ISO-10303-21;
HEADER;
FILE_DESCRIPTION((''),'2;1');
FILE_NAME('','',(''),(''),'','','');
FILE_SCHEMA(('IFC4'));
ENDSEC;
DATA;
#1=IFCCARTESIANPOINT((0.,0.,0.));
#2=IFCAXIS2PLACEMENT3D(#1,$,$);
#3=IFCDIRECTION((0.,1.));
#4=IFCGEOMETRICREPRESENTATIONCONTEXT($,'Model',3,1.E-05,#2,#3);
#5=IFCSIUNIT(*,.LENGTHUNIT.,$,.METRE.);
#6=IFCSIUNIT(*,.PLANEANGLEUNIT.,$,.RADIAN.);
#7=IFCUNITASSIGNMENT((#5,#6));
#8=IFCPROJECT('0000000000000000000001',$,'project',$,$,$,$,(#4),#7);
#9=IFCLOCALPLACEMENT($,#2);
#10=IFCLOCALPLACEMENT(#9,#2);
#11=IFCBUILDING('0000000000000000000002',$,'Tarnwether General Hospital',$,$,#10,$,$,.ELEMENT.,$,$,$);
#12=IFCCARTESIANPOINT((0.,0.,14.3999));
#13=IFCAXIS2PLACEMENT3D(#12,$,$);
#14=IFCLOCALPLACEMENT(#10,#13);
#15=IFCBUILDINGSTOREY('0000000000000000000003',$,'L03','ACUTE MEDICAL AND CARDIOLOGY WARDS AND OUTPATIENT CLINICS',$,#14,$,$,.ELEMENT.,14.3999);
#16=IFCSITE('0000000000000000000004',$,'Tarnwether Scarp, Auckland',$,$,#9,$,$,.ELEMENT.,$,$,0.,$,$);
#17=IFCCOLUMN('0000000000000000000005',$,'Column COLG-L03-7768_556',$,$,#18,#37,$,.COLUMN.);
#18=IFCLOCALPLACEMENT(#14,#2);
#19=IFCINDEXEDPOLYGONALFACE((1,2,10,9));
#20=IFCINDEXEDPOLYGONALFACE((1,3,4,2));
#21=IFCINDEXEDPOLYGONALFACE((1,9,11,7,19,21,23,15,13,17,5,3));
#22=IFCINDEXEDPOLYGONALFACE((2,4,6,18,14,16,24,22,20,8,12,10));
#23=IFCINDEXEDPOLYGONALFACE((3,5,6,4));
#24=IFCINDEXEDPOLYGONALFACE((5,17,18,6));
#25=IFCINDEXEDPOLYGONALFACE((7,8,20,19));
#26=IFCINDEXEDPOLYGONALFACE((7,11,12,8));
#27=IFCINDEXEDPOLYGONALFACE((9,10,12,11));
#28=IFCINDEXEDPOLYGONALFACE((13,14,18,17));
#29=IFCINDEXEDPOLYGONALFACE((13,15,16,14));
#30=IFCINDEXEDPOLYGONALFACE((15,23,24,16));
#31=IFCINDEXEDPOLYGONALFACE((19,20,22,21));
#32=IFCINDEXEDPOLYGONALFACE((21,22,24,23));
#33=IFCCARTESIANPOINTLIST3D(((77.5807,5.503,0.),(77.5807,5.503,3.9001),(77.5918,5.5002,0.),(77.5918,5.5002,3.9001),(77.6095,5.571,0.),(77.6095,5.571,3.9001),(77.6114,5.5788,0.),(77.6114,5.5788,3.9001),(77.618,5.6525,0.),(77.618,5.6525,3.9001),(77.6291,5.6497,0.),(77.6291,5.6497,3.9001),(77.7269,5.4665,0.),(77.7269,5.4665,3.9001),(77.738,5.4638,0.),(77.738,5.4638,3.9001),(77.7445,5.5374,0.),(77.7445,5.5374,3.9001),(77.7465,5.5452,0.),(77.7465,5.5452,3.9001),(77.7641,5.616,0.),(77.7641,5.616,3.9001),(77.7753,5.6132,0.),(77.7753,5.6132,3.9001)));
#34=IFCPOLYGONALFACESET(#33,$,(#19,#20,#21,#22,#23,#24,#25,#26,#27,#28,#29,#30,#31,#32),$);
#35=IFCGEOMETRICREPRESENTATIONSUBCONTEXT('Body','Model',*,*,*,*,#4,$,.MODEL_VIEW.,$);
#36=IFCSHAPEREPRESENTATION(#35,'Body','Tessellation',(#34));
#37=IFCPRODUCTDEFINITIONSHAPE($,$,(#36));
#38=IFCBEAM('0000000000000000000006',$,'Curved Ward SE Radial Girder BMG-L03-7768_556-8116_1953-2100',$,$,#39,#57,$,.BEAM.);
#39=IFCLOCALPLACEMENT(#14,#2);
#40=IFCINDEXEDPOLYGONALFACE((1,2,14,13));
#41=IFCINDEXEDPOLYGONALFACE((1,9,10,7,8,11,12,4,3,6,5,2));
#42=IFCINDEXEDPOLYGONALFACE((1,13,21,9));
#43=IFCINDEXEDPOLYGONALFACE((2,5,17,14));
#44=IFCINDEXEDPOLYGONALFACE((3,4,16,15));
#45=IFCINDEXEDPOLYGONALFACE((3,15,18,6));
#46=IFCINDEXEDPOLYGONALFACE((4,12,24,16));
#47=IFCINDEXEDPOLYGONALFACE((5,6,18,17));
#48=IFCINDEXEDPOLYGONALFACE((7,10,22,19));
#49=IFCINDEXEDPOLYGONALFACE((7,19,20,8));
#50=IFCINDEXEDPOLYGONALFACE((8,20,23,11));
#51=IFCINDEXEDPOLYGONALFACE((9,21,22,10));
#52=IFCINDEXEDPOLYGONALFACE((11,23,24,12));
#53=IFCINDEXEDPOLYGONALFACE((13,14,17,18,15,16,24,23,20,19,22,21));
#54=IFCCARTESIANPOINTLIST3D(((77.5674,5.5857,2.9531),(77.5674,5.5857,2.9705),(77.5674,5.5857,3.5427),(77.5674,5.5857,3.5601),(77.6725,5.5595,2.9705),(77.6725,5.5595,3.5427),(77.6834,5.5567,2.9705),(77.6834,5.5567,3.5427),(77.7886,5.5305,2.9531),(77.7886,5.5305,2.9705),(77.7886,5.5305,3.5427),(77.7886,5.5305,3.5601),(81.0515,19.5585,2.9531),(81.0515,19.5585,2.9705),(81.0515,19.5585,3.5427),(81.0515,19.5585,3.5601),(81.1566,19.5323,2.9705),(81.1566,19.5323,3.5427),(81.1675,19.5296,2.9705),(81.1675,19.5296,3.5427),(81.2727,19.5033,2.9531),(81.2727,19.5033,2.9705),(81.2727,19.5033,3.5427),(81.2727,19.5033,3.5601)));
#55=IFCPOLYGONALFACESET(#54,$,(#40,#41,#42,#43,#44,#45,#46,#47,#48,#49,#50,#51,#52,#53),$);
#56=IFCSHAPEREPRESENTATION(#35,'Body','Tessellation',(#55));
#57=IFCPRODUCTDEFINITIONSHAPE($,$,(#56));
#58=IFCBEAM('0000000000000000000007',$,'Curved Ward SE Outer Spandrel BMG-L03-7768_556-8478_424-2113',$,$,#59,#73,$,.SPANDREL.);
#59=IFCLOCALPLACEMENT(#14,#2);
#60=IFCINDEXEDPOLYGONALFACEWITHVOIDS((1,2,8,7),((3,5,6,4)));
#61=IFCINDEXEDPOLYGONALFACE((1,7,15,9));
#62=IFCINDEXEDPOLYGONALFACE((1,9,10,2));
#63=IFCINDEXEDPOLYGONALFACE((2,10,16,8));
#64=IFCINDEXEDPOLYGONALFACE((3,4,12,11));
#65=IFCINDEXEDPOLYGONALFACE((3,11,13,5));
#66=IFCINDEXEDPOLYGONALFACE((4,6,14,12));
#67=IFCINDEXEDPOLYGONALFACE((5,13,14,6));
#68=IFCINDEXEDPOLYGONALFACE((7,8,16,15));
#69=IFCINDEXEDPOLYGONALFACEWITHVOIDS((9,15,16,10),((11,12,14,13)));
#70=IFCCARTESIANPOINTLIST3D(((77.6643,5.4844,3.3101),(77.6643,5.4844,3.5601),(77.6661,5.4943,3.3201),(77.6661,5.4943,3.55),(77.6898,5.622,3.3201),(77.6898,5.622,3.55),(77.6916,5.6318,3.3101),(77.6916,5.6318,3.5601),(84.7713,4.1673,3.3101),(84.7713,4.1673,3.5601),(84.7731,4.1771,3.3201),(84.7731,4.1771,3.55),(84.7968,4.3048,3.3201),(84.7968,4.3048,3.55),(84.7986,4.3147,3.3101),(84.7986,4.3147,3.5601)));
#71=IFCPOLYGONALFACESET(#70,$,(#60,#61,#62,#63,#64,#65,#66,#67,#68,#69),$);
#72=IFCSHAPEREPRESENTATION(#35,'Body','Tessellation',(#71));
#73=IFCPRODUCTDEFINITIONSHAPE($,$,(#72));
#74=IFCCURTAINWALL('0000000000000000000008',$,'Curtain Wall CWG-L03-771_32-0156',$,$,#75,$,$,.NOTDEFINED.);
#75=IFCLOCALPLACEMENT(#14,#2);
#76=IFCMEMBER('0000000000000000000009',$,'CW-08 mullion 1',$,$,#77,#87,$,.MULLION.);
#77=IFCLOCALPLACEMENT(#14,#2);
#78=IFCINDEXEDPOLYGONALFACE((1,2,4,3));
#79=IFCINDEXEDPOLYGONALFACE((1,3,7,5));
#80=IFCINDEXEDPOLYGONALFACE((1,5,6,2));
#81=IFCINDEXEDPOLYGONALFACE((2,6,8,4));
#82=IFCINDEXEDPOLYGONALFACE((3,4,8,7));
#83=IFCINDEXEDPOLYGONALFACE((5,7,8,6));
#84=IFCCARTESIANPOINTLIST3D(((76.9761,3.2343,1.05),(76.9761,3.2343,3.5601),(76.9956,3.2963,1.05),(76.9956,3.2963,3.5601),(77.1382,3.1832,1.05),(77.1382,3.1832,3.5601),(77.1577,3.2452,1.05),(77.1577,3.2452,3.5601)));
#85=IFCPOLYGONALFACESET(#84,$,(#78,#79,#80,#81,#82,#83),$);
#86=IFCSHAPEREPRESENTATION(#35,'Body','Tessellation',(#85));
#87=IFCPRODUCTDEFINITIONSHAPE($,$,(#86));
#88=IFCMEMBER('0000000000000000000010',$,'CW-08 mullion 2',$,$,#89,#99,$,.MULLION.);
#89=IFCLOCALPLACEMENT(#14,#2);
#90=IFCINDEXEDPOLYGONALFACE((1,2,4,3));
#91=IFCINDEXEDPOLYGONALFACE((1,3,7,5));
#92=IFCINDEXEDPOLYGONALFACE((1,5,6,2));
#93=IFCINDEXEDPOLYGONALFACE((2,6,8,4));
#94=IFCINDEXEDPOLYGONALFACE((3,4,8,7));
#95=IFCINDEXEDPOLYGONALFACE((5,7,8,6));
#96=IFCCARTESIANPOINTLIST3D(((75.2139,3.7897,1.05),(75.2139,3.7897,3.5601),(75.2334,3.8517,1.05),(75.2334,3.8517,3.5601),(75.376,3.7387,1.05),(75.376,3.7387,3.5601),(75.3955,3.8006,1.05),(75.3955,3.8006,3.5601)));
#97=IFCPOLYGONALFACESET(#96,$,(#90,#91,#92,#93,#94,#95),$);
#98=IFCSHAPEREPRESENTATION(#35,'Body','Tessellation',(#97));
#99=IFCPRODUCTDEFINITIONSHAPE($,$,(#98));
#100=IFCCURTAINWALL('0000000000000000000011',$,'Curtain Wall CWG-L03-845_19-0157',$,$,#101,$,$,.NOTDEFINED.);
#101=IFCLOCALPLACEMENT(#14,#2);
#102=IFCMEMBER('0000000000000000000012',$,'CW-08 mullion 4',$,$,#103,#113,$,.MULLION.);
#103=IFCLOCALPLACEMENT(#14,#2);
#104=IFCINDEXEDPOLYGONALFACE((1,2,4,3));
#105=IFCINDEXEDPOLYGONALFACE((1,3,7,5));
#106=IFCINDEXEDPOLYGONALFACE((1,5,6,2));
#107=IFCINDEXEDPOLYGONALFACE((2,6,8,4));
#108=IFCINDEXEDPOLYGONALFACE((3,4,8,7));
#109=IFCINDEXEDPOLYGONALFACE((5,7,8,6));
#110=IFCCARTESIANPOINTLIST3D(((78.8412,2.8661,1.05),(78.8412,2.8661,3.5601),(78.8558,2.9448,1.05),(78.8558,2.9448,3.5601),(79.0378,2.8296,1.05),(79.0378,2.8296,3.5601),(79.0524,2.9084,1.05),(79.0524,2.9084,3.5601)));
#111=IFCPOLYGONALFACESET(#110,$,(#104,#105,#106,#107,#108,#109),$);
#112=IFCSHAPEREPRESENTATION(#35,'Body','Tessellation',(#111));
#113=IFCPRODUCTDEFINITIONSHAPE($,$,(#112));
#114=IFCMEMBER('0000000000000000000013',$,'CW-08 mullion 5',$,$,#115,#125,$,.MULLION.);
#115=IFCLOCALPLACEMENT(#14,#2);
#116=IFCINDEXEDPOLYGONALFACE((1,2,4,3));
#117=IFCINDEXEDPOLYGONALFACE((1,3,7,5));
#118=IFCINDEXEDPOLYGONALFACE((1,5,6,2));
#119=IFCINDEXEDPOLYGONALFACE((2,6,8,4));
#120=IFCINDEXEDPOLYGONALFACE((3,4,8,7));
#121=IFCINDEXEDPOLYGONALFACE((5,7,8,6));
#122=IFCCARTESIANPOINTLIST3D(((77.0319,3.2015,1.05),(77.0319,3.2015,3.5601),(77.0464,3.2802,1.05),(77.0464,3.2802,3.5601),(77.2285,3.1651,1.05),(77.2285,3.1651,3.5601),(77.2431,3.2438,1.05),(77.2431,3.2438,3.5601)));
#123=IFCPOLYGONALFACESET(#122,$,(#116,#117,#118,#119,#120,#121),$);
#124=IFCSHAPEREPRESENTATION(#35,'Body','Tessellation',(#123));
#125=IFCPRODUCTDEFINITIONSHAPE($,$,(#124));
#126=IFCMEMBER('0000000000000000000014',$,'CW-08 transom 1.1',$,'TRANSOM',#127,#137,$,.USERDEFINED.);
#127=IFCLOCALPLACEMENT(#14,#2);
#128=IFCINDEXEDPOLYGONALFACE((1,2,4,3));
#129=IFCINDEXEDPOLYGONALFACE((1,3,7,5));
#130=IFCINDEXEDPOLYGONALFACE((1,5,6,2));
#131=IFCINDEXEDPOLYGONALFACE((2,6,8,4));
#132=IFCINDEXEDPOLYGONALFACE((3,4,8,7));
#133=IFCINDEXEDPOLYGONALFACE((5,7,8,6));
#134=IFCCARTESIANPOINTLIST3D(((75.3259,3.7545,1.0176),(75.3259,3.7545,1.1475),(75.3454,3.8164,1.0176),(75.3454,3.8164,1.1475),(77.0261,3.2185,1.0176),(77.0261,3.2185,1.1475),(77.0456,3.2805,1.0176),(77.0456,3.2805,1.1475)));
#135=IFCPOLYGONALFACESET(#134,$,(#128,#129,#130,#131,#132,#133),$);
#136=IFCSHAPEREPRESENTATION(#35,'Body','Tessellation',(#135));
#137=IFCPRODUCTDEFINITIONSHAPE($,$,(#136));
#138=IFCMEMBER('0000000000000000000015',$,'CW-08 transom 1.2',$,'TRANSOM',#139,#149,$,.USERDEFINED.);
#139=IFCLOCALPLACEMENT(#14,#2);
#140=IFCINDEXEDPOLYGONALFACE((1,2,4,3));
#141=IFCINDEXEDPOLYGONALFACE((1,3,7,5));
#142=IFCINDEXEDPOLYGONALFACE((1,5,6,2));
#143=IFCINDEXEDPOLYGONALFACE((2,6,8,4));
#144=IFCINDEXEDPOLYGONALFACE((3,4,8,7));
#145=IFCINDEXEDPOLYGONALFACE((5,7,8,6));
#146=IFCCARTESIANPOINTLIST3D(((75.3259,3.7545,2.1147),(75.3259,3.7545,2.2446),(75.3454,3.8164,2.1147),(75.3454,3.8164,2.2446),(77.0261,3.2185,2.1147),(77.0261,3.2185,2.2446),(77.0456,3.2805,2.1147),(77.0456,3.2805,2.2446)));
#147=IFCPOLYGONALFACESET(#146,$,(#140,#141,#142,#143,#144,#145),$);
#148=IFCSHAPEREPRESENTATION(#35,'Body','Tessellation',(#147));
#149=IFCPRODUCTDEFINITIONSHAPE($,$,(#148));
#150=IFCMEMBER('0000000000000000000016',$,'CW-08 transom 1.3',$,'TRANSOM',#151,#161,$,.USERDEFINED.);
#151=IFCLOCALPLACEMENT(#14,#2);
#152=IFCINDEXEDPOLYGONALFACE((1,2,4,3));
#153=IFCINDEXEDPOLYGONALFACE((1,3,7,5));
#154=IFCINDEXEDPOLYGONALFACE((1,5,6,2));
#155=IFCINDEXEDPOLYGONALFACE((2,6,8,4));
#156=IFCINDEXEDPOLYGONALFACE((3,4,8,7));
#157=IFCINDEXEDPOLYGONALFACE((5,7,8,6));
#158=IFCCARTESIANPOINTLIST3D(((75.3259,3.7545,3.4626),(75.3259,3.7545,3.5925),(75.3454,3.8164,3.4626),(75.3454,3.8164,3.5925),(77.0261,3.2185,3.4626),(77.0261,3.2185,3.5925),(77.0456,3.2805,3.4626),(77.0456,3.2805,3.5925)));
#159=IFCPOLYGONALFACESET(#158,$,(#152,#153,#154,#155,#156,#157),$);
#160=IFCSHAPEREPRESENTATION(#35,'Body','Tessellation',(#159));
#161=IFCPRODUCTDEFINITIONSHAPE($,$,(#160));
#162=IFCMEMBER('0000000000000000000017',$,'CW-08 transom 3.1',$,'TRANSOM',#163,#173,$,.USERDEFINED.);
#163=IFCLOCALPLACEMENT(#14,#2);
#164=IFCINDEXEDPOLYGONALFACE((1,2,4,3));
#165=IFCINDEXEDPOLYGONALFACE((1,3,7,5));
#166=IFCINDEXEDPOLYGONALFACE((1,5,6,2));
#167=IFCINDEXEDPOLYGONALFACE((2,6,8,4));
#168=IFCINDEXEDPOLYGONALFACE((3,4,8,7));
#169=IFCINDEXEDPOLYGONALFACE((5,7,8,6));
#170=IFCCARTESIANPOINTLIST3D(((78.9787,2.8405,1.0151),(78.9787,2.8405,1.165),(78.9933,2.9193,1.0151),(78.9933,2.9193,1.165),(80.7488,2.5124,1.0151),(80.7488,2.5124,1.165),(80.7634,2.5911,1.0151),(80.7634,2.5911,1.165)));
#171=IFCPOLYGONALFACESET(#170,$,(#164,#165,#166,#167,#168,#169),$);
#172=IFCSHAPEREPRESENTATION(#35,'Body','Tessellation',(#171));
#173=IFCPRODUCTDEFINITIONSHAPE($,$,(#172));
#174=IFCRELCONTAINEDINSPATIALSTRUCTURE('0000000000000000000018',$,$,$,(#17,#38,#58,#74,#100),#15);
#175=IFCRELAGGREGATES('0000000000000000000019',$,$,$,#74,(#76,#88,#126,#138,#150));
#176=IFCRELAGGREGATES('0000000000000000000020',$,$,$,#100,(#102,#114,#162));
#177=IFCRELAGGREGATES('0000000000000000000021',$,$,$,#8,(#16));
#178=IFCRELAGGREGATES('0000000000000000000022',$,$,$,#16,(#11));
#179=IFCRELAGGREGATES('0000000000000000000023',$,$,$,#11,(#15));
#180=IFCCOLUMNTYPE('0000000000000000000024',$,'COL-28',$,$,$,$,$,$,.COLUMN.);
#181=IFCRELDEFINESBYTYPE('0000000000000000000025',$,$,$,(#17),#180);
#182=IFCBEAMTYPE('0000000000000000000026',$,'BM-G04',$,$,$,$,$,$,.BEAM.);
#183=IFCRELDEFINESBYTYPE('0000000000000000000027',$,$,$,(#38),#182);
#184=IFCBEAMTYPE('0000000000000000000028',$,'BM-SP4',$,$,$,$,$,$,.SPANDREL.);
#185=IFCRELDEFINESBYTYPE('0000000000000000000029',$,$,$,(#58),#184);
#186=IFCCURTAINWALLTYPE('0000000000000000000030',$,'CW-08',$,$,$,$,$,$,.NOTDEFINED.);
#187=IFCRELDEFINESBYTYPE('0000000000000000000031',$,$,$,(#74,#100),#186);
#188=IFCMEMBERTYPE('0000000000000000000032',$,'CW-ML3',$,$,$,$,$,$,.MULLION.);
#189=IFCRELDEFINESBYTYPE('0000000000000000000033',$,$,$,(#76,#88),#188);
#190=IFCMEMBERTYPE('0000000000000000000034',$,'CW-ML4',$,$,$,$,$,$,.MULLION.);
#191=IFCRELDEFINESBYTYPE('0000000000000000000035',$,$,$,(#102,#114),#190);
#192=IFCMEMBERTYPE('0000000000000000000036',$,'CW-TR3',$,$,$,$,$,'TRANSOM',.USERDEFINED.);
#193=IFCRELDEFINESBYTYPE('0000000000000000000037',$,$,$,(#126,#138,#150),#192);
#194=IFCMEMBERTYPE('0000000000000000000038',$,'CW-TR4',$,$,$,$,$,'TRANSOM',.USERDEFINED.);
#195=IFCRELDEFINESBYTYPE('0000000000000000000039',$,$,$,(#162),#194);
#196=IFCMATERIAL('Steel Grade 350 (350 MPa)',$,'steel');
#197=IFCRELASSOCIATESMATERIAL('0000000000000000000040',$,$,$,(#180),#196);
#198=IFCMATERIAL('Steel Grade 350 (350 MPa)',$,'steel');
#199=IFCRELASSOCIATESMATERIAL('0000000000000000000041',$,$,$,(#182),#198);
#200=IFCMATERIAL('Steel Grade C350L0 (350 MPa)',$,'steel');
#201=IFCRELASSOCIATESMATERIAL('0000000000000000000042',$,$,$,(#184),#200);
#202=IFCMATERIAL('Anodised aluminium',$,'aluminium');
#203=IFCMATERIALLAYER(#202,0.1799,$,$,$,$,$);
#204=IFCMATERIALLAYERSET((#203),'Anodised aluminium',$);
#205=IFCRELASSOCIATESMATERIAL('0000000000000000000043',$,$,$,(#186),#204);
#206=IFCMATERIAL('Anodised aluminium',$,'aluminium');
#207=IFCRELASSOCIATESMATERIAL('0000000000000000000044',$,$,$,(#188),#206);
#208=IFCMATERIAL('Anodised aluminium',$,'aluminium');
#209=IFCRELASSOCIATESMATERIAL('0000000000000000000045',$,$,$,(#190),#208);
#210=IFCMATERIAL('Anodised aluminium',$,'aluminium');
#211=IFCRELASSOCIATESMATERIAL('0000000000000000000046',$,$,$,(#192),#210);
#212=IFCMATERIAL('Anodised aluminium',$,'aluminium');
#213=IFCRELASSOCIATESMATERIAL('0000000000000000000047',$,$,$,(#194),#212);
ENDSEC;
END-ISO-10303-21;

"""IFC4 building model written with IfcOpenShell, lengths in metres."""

from ifc_helpers import new_model, si_unit, direction, frame, origin, origin_2d, place, context, subcontext, project, spatial, rectangle, hollow_rectangle, i_section, extrude, material, layer, layer_set, material_profile, profile_set, type_object, element, aggregate, save


model = new_model("IFC4")

# Units and contexts
model_context = context("Model", 3, precision=1e-05, world=origin(), true_north=direction((0.0, 1.0)))
body_context = subcontext(model_context, "Body", "Model", "MODEL_VIEW")
ifc_project = project(units=[si_unit("LENGTHUNIT", "METRE"), si_unit("PLANEANGLEUNIT", "RADIAN")], contexts=[model_context])

# Site, building, storey
site_placement = place(None, origin())
site = spatial("IfcSite", under=ifc_project, at=site_placement, Name="Tarnwether Scarp, Auckland", CompositionType="ELEMENT", RefElevation=0.0)
building_placement = place(site_placement, origin())
building = spatial("IfcBuilding", under=site, at=building_placement, Name="Tarnwether General Hospital", CompositionType="ELEMENT")
storey_placement = place(building_placement, frame((0.0, 0.0, 14.3999)))
storey = spatial("IfcBuildingStorey", under=building, at=storey_placement, Name="L03", Description="ACUTE MEDICAL AND CARDIOLOGY WARDS AND OUTPATIENT CLINICS", CompositionType="ELEMENT", Elevation=14.3999)

# Column
ifc_material_1 = material(Name="Steel Grade 350 (350 MPa)", Category="steel")
ifc_material_profile_1 = material_profile(ifc_material_1, i_section(OverallWidth=0.1541, OverallDepth=0.1621, WebThickness=0.0081, FlangeThickness=0.0115, at=origin_2d()), Name="150UC37.2")
ifc_profile_set_1 = profile_set([ifc_material_profile_1], Name="Steel Grade 350 (350 MPa)")
column_type = type_object("IfcColumnType", Name="COL-28", PredefinedType="COLUMN", material=ifc_profile_set_1)
column_placement = place(storey_placement, frame((77.678, 5.5581, 0.0), z_axis=(0.0, 0.0, 1.0), x_axis=(0.241922, 0.970296, 0.0)))
element("IfcColumn", 1, at=column_placement, inside=storey, type_object=column_type, Name="Column COLG-L03-7768_556", PredefinedType="COLUMN", context=body_context, shape_type="SweptSolid", body=[
    extrude(i_section(OverallWidth=0.1541, OverallDepth=0.1621, WebThickness=0.0081, FlangeThickness=0.0115, at=origin_2d()), origin(), (0.0, 0.0, 1.0), 3.9001),
])

# Beams
ifc_material_2 = material(Name="Steel Grade 350 (350 MPa)", Category="steel")
ifc_material_profile_2 = material_profile(ifc_material_2, i_section(OverallWidth=0.228, OverallDepth=0.6069, WebThickness=0.0112, FlangeThickness=0.0173, at=origin_2d()), Name="610UB113")
ifc_profile_set_2 = profile_set([ifc_material_profile_2], Name="Steel Grade 350 (350 MPa)")
beam_type_1 = type_object("IfcBeamType", Name="BM-G04", PredefinedType="BEAM", material=ifc_profile_set_2)
beam_1_placement = place(storey_placement, frame((77.678, 5.5581, 3.2566), z_axis=(0.241941, 0.970291, 0.0), x_axis=(-0.970291, 0.241941, 0.0)))
element("IfcBeam", 2, at=beam_1_placement, inside=storey, type_object=beam_type_1, Name="Curved Ward SE Radial Girder BMG-L03-7768_556-8116_1953-2100", PredefinedType="BEAM", context=body_context, shape_type="SweptSolid", body=[
    extrude(i_section(OverallWidth=0.228, OverallDepth=0.6069, WebThickness=0.0112, FlangeThickness=0.0173, at=origin_2d()), origin(), (0.0, 0.0, 1.0), 14.4006),
])
ifc_material_3 = material(Name="Steel Grade C350L0 (350 MPa)", Category="steel")
ifc_material_profile_3 = material_profile(ifc_material_3, hollow_rectangle(XDim=0.1499, YDim=0.25, WallThickness=0.01, at=origin_2d()), Name="RHS250x150x10")
ifc_profile_set_3 = profile_set([ifc_material_profile_3], Name="Steel Grade C350L0 (350 MPa)")
beam_type_2 = type_object("IfcBeamType", Name="BM-SP4", PredefinedType="SPANDREL", material=ifc_profile_set_3)
beam_2_placement = place(storey_placement, frame((77.678, 5.5581, 3.4351), z_axis=(0.983256, -0.182228, 0.0), x_axis=(0.182228, 0.983256, 0.0)))
element("IfcBeam", 3, at=beam_2_placement, inside=storey, type_object=beam_type_2, Name="Curved Ward SE Outer Spandrel BMG-L03-7768_556-8478_424-2113", PredefinedType="SPANDREL", context=body_context, shape_type="SweptSolid", body=[
    extrude(hollow_rectangle(XDim=0.1499, YDim=0.25, WallThickness=0.01, at=origin_2d()), origin(), (0.0, 0.0, 1.0), 7.228),
])

# Curtain walls, members
ifc_material_4 = material(Name="Anodised aluminium", Category="aluminium")
ifc_layer_1 = layer(ifc_material_4, 0.1799)
ifc_layer_set_1 = layer_set([ifc_layer_1], Name="Anodised aluminium")
curtain_wall_type = type_object("IfcCurtainWallType", Name="CW-08", PredefinedType="NOTDEFINED", material=ifc_layer_set_1)
curtain_wall_1_placement = place(storey_placement, origin())
curtain_wall_1 = element("IfcCurtainWall", 4, at=curtain_wall_1_placement, inside=storey, type_object=curtain_wall_type, Name="Curtain Wall CWG-L03-771_32-0156", PredefinedType="NOTDEFINED")
ifc_material_5 = material(Name="Anodised aluminium", Category="aluminium")
ifc_material_profile_4 = material_profile(ifc_material_5, rectangle(XDim=0.0649, YDim=0.1699, at=origin_2d()), Name="ALU-MUL-65x170")
ifc_profile_set_4 = profile_set([ifc_material_profile_4], Name="Anodised aluminium")
member_type_1 = type_object("IfcMemberType", Name="CW-ML3", PredefinedType="MULLION", material=ifc_profile_set_4)
member_1_placement = place(storey_placement, frame((77.0669, 3.2397, 1.05), z_axis=(0.0, 0.0, 1.0), x_axis=(-0.300629, -0.953741, 0.0)))
member_1 = element("IfcMember", 5, at=member_1_placement, type_object=member_type_1, Name="CW-08 mullion 1", PredefinedType="MULLION", context=body_context, shape_type="SweptSolid", body=[
    extrude(rectangle(XDim=0.0649, YDim=0.1699, at=origin_2d()), origin(), (0.0, 0.0, 1.0), 2.51),
])
member_2_placement = place(storey_placement, frame((75.3047, 3.7952, 1.05), z_axis=(0.0, 0.0, 1.0), x_axis=(-0.300629, -0.953741, 0.0)))
member_2 = element("IfcMember", 6, at=member_2_placement, type_object=member_type_1, Name="CW-08 mullion 2", PredefinedType="MULLION", context=body_context, shape_type="SweptSolid", body=[
    extrude(rectangle(XDim=0.0649, YDim=0.1699, at=origin_2d()), origin(), (0.0, 0.0, 1.0), 2.51),
])
curtain_wall_2_placement = place(storey_placement, origin())
curtain_wall_2 = element("IfcCurtainWall", 7, at=curtain_wall_2_placement, inside=storey, type_object=curtain_wall_type, Name="Curtain Wall CWG-L03-845_19-0157", PredefinedType="NOTDEFINED")
ifc_material_6 = material(Name="Anodised aluminium", Category="aluminium")
ifc_material_profile_5 = material_profile(ifc_material_6, rectangle(XDim=0.0801, YDim=0.2, at=origin_2d()), Name="ALU-MUL-80x200")
ifc_profile_set_5 = profile_set([ifc_material_profile_5], Name="Anodised aluminium")
member_type_2 = type_object("IfcMemberType", Name="CW-ML4", PredefinedType="MULLION", material=ifc_profile_set_5)
member_3_placement = place(storey_placement, frame((78.9468, 2.8872, 1.05), z_axis=(0.0, 0.0, 1.0), x_axis=(-0.182289, -0.983245, 0.0)))
member_3 = element("IfcMember", 8, at=member_3_placement, type_object=member_type_2, Name="CW-08 mullion 4", PredefinedType="MULLION", context=body_context, shape_type="SweptSolid", body=[
    extrude(rectangle(XDim=0.0801, YDim=0.2, at=origin_2d()), origin(), (0.0, 0.0, 1.0), 2.51),
])
member_4_placement = place(storey_placement, frame((77.1375, 3.2227, 1.05), z_axis=(0.0, 0.0, 1.0), x_axis=(-0.182289, -0.983245, 0.0)))
member_4 = element("IfcMember", 9, at=member_4_placement, type_object=member_type_2, Name="CW-08 mullion 5", PredefinedType="MULLION", context=body_context, shape_type="SweptSolid", body=[
    extrude(rectangle(XDim=0.0801, YDim=0.2, at=origin_2d()), origin(), (0.0, 0.0, 1.0), 2.51),
])

# Members
ifc_material_7 = material(Name="Anodised aluminium", Category="aluminium")
ifc_material_profile_6 = material_profile(ifc_material_7, rectangle(XDim=0.0649, YDim=0.1299, at=origin_2d()), Name="ALU-TRN-65x130")
ifc_profile_set_6 = profile_set([ifc_material_profile_6], Name="Anodised aluminium")
member_type_3 = type_object("IfcMemberType", Name="CW-TR3", ElementType="TRANSOM", PredefinedType="USERDEFINED", material=ifc_profile_set_6)
member_5_placement = place(storey_placement, frame((77.0359, 3.2495, 1.0825), z_axis=(-0.953746, 0.300614, 0.0), x_axis=(-0.300614, -0.953746, 0.0)))
member_5 = element("IfcMember", 10, at=member_5_placement, type_object=member_type_3, Name="CW-08 transom 1.1", ObjectType="TRANSOM", PredefinedType="USERDEFINED", context=body_context, shape_type="SweptSolid", body=[
    extrude(rectangle(XDim=0.0649, YDim=0.1299, at=origin_2d()), origin(), (0.0, 0.0, 1.0), 1.7827),
])
member_6_placement = place(storey_placement, frame((77.0359, 3.2495, 2.1797), z_axis=(-0.953746, 0.300614, 0.0), x_axis=(-0.300614, -0.953746, 0.0)))
member_6 = element("IfcMember", 11, at=member_6_placement, type_object=member_type_3, Name="CW-08 transom 1.2", ObjectType="TRANSOM", PredefinedType="USERDEFINED", context=body_context, shape_type="SweptSolid", body=[
    extrude(rectangle(XDim=0.0649, YDim=0.1299, at=origin_2d()), origin(), (0.0, 0.0, 1.0), 1.7827),
])
member_7_placement = place(storey_placement, frame((77.0359, 3.2495, 3.5276), z_axis=(-0.953746, 0.300614, 0.0), x_axis=(-0.300614, -0.953746, 0.0)))
member_7 = element("IfcMember", 12, at=member_7_placement, type_object=member_type_3, Name="CW-08 transom 1.3", ObjectType="TRANSOM", PredefinedType="USERDEFINED", context=body_context, shape_type="SweptSolid", body=[
    extrude(rectangle(XDim=0.0649, YDim=0.1299, at=origin_2d()), origin(), (0.0, 0.0, 1.0), 1.7827),
])
ifc_material_8 = material(Name="Anodised aluminium", Category="aluminium")
ifc_material_profile_7 = material_profile(ifc_material_8, rectangle(XDim=0.0801, YDim=0.1499, at=origin_2d()), Name="ALU-TRN-80x150")
ifc_profile_set_7 = profile_set([ifc_material_profile_7], Name="Anodised aluminium")
member_type_4 = type_object("IfcMemberType", Name="CW-TR4", ElementType="TRANSOM", PredefinedType="USERDEFINED", material=ifc_profile_set_7)
member_8_placement = place(storey_placement, frame((80.7561, 2.5518, 1.0901), z_axis=(-0.983248, 0.182274, 0.0), x_axis=(-0.182274, -0.983248, 0.0)))
member_8 = element("IfcMember", 13, at=member_8_placement, type_object=member_type_4, Name="CW-08 transom 3.1", ObjectType="TRANSOM", PredefinedType="USERDEFINED", context=body_context, shape_type="SweptSolid", body=[
    extrude(rectangle(XDim=0.0801, YDim=0.1499, at=origin_2d()), origin(), (0.0, 0.0, 1.0), 1.8003),
])

aggregate(curtain_wall_1, [member_1, member_2, member_5, member_6, member_7])
aggregate(curtain_wall_2, [member_3, member_4, member_8])

save(model, "model.ifc")
